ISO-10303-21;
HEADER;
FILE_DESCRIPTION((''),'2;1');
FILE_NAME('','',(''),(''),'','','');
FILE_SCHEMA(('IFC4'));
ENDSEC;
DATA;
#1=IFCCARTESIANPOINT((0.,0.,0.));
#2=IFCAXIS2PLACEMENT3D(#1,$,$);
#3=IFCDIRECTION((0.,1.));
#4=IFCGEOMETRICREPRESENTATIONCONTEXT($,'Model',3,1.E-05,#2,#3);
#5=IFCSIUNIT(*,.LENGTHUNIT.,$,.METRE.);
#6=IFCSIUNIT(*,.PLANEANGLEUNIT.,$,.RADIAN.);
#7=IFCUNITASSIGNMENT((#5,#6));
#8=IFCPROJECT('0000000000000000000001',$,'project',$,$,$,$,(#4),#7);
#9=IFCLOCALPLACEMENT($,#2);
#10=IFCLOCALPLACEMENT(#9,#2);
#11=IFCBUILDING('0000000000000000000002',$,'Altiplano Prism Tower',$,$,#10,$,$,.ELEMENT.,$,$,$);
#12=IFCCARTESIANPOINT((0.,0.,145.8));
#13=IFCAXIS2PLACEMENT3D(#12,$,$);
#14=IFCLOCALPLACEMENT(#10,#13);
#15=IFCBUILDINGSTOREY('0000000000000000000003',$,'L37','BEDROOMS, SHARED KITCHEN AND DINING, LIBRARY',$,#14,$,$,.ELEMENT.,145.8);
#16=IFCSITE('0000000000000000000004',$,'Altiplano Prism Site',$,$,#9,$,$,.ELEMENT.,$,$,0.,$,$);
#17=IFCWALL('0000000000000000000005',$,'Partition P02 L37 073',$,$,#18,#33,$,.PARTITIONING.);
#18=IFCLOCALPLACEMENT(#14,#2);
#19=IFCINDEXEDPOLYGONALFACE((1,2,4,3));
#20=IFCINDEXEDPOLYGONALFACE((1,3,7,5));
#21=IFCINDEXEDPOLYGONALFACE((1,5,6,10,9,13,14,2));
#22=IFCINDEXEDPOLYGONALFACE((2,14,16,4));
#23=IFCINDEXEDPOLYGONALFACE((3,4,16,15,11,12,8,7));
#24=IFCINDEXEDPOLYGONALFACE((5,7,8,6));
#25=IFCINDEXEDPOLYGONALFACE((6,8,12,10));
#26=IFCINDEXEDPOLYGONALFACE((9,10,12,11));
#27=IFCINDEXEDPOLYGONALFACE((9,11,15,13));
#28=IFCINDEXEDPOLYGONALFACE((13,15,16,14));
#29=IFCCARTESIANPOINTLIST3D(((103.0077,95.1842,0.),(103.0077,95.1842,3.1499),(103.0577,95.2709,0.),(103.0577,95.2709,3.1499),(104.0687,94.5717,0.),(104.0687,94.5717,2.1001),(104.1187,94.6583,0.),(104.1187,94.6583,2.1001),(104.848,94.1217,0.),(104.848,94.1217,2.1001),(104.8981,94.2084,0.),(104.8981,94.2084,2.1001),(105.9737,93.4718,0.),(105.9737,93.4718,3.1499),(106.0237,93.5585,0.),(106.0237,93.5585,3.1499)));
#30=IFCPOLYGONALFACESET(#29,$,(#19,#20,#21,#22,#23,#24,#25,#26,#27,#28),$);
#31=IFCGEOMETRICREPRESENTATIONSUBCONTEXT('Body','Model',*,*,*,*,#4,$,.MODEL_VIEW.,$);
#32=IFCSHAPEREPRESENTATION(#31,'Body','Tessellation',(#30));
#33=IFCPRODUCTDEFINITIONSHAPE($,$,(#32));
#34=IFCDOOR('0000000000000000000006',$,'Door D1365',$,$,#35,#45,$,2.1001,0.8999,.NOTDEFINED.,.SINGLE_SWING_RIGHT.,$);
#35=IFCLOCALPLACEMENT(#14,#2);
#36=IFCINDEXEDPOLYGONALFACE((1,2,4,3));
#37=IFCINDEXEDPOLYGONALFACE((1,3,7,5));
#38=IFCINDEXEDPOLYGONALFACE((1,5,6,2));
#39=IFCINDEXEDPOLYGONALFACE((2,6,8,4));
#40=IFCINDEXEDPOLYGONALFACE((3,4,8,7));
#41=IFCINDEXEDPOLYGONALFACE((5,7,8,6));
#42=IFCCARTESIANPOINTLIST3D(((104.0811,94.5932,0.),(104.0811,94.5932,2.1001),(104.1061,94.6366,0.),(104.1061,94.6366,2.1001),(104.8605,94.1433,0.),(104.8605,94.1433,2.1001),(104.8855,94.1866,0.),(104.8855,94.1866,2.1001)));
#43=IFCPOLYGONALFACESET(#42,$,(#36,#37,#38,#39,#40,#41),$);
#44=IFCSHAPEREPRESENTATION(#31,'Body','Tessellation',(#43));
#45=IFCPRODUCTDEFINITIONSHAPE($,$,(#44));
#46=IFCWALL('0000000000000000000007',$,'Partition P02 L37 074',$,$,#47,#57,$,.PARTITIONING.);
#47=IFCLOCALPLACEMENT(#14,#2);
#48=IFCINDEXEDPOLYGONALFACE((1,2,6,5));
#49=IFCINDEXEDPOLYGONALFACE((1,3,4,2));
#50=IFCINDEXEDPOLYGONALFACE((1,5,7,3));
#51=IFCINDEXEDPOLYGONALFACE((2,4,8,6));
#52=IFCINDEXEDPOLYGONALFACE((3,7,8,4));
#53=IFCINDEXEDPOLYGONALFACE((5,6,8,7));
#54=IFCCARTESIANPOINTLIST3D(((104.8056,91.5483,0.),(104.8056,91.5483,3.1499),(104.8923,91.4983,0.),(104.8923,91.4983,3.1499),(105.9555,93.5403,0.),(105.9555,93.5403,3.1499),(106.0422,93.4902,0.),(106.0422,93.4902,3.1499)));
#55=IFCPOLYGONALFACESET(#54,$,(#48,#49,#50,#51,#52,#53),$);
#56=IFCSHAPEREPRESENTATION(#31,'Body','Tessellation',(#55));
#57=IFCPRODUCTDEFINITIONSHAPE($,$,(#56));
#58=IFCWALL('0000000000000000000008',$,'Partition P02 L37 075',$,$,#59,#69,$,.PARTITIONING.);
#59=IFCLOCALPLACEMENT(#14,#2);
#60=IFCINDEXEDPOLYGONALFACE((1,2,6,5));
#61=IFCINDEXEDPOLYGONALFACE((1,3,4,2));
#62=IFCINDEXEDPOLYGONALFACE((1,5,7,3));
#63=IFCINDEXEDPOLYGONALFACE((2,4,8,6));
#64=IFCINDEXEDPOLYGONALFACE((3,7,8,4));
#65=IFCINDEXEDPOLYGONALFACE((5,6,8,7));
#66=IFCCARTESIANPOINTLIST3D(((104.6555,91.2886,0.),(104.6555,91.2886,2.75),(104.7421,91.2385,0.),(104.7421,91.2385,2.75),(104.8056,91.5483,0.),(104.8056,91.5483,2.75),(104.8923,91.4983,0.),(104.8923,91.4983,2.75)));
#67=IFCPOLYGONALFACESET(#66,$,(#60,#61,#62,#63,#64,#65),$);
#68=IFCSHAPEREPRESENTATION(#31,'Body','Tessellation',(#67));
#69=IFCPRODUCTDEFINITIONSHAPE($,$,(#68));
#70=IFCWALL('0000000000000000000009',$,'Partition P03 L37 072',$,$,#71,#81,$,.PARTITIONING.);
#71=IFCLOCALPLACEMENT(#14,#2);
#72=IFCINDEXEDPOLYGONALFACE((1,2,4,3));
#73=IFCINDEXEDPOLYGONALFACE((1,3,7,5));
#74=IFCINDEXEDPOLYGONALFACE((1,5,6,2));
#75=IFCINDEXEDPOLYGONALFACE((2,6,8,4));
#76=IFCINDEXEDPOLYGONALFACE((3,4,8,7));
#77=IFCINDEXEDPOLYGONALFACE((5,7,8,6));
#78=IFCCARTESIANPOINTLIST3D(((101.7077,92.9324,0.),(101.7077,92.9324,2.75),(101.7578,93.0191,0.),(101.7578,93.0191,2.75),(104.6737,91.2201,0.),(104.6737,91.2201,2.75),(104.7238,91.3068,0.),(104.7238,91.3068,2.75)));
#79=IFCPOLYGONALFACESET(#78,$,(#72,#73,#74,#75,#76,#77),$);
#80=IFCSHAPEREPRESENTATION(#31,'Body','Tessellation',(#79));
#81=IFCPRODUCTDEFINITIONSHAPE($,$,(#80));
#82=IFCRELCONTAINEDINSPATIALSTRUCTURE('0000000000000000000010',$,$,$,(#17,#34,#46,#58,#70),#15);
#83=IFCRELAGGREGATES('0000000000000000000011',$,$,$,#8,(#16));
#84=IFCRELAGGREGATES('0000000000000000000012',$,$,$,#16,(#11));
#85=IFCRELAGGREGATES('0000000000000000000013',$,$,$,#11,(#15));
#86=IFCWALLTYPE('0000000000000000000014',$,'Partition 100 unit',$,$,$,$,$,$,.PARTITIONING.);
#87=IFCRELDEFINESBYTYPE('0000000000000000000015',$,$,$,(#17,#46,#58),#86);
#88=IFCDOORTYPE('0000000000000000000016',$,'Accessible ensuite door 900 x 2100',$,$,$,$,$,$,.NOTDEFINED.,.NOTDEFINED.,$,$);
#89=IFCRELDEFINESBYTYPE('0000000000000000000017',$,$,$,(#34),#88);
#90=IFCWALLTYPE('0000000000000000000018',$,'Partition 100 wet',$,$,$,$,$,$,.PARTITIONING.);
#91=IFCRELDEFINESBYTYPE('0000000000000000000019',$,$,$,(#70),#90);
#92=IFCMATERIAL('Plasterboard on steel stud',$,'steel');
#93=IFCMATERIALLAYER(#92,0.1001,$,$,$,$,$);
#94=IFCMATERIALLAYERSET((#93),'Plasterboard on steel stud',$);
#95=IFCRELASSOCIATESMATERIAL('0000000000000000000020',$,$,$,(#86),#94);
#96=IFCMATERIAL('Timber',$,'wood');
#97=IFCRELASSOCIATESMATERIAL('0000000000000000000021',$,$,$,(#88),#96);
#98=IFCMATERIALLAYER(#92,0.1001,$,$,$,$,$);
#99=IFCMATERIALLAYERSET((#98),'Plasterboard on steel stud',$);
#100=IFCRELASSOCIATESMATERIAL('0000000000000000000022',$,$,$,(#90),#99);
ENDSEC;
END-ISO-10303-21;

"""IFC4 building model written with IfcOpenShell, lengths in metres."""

from ifc_helpers import new_model, si_unit, direction, frame, frame_2d, origin, place, context, subcontext, project, spatial, rectangle, extrude, material, layer, layer_set, type_object, element, fill, save


model = new_model("IFC4")

# Units and contexts
model_context = context("Model", 3, precision=1e-05, world=origin(), true_north=direction((0.0, 1.0)))
body_context = subcontext(model_context, "Body", "Model", "MODEL_VIEW")
ifc_project = project(units=[si_unit("LENGTHUNIT", "METRE"), si_unit("PLANEANGLEUNIT", "RADIAN")], contexts=[model_context])

# Site, building, storey
site_placement = place(None, origin())
site = spatial("IfcSite", under=ifc_project, at=site_placement, Name="Altiplano Prism Site", CompositionType="ELEMENT", RefElevation=0.0)
building_placement = place(site_placement, origin())
building = spatial("IfcBuilding", under=site, at=building_placement, Name="Altiplano Prism Tower", CompositionType="ELEMENT")
storey_placement = place(building_placement, frame((0.0, 0.0, 145.8)))
storey = spatial("IfcBuildingStorey", under=building, at=storey_placement, Name="L37", Description="BEDROOMS, SHARED KITCHEN AND DINING, LIBRARY", CompositionType="ELEMENT", Elevation=145.8)

# Shared definitions
ifc_material_1 = material(Name="Plasterboard on steel stud", Category="steel")
ifc_layer_1 = layer(ifc_material_1, 0.1001)
ifc_layer_set_1 = layer_set([ifc_layer_1], Name="Plasterboard on steel stud")
wall_type_1 = type_object("IfcWallType", Name="Partition 100 unit", PredefinedType="PARTITIONING", material=ifc_layer_set_1)

# Wall, opening, door
wall_1_placement = place(storey_placement, frame((103.0327, 95.2275, 0.0), z_axis=(0.0, 0.0, 1.0), x_axis=(0.866032, -0.499988, 0.0)))
wall_1 = element("IfcWall", 1, at=wall_1_placement, inside=storey, type_object=wall_type_1, Name="Partition P02 L37 073", PredefinedType="PARTITIONING", context=body_context, shape_type="SweptSolid", body=[
    extrude(rectangle(XDim=3.4248, YDim=0.1001, at=frame_2d((1.7124, 0.0))), origin(), (0.0, 0.0, 1.0), 3.1499),
])
opening_1_placement = place(wall_1_placement, frame((1.2251, 0.0, 0.0)))
opening_1 = element("IfcOpeningElement", 2, at=opening_1_placement, cuts=wall_1, PredefinedType="OPENING", context=body_context, shape_type="SweptSolid", body=[
    extrude(rectangle(XDim=0.8999, YDim=2.1001, at=frame_2d((0.45, 1.05))), frame((0.0, 0.0605, 0.0), z_axis=(0.0, -1.0, 0.0), x_axis=(1.0, 0.0, 0.0)), (0.0, 0.0, 1.0), 0.1211),
])
ifc_material_2 = material(Name="Timber", Category="wood")
door_type_1 = type_object("IfcDoorType", Name="Accessible ensuite door 900 x 2100", OperationType="NOTDEFINED", PredefinedType="NOTDEFINED", material=ifc_material_2)
door_1_placement = place(opening_1_placement, origin())
door_1 = element("IfcDoor", 3, at=door_1_placement, inside=storey, type_object=door_type_1, Name="Door D1365", OperationType="SINGLE_SWING_RIGHT", OverallHeight=2.1001, OverallWidth=0.8999, PredefinedType="NOTDEFINED", context=body_context, shape_type="SweptSolid", body=[
    extrude(rectangle(XDim=0.8999, YDim=2.1001, at=frame_2d((0.45, 1.05))), frame((0.0, 0.0249, 0.0), z_axis=(0.0, -1.0, 0.0), x_axis=(1.0, 0.0, 0.0)), (0.0, 0.0, 1.0), 0.05),
])
fill(opening_1, door_1)

# Walls
wall_2_placement = place(storey_placement, frame((105.9988, 93.5151, 0.0), z_axis=(0.0, 0.0, 1.0), x_axis=(-0.499952, -0.866053, 0.0)))
element("IfcWall", 4, at=wall_2_placement, inside=storey, type_object=wall_type_1, Name="Partition P02 L37 074", PredefinedType="PARTITIONING", context=body_context, shape_type="SweptSolid", body=[
    extrude(rectangle(XDim=2.3, YDim=0.1001, at=frame_2d((1.1499, 0.0))), origin(), (0.0, 0.0, 1.0), 3.1499),
])
wall_3_placement = place(storey_placement, frame((104.8489, 91.5232, 0.0), z_axis=(0.0, 0.0, 1.0), x_axis=(-0.500427, -0.865779, 0.0)))
element("IfcWall", 5, at=wall_3_placement, inside=storey, type_object=wall_type_1, Name="Partition P02 L37 075", PredefinedType="PARTITIONING", context=body_context, shape_type="SweptSolid", body=[
    extrude(rectangle(XDim=0.3, YDim=0.1001, at=frame_2d((0.1499, 0.0))), origin(), (0.0, 0.0, 1.0), 2.75),
])
ifc_layer_2 = layer(ifc_material_1, 0.1001)
ifc_layer_set_2 = layer_set([ifc_layer_2], Name="Plasterboard on steel stud")
wall_type_2 = type_object("IfcWallType", Name="Partition 100 wet", PredefinedType="PARTITIONING", material=ifc_layer_set_2)
wall_4_placement = place(storey_placement, frame((104.6987, 91.2634, 0.0), z_axis=(0.0, 0.0, 1.0), x_axis=(-0.866032, 0.499988, 0.0)))
element("IfcWall", 6, at=wall_4_placement, inside=storey, type_object=wall_type_2, Name="Partition P03 L37 072", PredefinedType="PARTITIONING", context=body_context, shape_type="SweptSolid", body=[
    extrude(rectangle(XDim=3.4248, YDim=0.1001, at=frame_2d((1.7124, 0.0))), origin(), (0.0, 0.0, 1.0), 2.75),
])

save(model, "model.ifc")
